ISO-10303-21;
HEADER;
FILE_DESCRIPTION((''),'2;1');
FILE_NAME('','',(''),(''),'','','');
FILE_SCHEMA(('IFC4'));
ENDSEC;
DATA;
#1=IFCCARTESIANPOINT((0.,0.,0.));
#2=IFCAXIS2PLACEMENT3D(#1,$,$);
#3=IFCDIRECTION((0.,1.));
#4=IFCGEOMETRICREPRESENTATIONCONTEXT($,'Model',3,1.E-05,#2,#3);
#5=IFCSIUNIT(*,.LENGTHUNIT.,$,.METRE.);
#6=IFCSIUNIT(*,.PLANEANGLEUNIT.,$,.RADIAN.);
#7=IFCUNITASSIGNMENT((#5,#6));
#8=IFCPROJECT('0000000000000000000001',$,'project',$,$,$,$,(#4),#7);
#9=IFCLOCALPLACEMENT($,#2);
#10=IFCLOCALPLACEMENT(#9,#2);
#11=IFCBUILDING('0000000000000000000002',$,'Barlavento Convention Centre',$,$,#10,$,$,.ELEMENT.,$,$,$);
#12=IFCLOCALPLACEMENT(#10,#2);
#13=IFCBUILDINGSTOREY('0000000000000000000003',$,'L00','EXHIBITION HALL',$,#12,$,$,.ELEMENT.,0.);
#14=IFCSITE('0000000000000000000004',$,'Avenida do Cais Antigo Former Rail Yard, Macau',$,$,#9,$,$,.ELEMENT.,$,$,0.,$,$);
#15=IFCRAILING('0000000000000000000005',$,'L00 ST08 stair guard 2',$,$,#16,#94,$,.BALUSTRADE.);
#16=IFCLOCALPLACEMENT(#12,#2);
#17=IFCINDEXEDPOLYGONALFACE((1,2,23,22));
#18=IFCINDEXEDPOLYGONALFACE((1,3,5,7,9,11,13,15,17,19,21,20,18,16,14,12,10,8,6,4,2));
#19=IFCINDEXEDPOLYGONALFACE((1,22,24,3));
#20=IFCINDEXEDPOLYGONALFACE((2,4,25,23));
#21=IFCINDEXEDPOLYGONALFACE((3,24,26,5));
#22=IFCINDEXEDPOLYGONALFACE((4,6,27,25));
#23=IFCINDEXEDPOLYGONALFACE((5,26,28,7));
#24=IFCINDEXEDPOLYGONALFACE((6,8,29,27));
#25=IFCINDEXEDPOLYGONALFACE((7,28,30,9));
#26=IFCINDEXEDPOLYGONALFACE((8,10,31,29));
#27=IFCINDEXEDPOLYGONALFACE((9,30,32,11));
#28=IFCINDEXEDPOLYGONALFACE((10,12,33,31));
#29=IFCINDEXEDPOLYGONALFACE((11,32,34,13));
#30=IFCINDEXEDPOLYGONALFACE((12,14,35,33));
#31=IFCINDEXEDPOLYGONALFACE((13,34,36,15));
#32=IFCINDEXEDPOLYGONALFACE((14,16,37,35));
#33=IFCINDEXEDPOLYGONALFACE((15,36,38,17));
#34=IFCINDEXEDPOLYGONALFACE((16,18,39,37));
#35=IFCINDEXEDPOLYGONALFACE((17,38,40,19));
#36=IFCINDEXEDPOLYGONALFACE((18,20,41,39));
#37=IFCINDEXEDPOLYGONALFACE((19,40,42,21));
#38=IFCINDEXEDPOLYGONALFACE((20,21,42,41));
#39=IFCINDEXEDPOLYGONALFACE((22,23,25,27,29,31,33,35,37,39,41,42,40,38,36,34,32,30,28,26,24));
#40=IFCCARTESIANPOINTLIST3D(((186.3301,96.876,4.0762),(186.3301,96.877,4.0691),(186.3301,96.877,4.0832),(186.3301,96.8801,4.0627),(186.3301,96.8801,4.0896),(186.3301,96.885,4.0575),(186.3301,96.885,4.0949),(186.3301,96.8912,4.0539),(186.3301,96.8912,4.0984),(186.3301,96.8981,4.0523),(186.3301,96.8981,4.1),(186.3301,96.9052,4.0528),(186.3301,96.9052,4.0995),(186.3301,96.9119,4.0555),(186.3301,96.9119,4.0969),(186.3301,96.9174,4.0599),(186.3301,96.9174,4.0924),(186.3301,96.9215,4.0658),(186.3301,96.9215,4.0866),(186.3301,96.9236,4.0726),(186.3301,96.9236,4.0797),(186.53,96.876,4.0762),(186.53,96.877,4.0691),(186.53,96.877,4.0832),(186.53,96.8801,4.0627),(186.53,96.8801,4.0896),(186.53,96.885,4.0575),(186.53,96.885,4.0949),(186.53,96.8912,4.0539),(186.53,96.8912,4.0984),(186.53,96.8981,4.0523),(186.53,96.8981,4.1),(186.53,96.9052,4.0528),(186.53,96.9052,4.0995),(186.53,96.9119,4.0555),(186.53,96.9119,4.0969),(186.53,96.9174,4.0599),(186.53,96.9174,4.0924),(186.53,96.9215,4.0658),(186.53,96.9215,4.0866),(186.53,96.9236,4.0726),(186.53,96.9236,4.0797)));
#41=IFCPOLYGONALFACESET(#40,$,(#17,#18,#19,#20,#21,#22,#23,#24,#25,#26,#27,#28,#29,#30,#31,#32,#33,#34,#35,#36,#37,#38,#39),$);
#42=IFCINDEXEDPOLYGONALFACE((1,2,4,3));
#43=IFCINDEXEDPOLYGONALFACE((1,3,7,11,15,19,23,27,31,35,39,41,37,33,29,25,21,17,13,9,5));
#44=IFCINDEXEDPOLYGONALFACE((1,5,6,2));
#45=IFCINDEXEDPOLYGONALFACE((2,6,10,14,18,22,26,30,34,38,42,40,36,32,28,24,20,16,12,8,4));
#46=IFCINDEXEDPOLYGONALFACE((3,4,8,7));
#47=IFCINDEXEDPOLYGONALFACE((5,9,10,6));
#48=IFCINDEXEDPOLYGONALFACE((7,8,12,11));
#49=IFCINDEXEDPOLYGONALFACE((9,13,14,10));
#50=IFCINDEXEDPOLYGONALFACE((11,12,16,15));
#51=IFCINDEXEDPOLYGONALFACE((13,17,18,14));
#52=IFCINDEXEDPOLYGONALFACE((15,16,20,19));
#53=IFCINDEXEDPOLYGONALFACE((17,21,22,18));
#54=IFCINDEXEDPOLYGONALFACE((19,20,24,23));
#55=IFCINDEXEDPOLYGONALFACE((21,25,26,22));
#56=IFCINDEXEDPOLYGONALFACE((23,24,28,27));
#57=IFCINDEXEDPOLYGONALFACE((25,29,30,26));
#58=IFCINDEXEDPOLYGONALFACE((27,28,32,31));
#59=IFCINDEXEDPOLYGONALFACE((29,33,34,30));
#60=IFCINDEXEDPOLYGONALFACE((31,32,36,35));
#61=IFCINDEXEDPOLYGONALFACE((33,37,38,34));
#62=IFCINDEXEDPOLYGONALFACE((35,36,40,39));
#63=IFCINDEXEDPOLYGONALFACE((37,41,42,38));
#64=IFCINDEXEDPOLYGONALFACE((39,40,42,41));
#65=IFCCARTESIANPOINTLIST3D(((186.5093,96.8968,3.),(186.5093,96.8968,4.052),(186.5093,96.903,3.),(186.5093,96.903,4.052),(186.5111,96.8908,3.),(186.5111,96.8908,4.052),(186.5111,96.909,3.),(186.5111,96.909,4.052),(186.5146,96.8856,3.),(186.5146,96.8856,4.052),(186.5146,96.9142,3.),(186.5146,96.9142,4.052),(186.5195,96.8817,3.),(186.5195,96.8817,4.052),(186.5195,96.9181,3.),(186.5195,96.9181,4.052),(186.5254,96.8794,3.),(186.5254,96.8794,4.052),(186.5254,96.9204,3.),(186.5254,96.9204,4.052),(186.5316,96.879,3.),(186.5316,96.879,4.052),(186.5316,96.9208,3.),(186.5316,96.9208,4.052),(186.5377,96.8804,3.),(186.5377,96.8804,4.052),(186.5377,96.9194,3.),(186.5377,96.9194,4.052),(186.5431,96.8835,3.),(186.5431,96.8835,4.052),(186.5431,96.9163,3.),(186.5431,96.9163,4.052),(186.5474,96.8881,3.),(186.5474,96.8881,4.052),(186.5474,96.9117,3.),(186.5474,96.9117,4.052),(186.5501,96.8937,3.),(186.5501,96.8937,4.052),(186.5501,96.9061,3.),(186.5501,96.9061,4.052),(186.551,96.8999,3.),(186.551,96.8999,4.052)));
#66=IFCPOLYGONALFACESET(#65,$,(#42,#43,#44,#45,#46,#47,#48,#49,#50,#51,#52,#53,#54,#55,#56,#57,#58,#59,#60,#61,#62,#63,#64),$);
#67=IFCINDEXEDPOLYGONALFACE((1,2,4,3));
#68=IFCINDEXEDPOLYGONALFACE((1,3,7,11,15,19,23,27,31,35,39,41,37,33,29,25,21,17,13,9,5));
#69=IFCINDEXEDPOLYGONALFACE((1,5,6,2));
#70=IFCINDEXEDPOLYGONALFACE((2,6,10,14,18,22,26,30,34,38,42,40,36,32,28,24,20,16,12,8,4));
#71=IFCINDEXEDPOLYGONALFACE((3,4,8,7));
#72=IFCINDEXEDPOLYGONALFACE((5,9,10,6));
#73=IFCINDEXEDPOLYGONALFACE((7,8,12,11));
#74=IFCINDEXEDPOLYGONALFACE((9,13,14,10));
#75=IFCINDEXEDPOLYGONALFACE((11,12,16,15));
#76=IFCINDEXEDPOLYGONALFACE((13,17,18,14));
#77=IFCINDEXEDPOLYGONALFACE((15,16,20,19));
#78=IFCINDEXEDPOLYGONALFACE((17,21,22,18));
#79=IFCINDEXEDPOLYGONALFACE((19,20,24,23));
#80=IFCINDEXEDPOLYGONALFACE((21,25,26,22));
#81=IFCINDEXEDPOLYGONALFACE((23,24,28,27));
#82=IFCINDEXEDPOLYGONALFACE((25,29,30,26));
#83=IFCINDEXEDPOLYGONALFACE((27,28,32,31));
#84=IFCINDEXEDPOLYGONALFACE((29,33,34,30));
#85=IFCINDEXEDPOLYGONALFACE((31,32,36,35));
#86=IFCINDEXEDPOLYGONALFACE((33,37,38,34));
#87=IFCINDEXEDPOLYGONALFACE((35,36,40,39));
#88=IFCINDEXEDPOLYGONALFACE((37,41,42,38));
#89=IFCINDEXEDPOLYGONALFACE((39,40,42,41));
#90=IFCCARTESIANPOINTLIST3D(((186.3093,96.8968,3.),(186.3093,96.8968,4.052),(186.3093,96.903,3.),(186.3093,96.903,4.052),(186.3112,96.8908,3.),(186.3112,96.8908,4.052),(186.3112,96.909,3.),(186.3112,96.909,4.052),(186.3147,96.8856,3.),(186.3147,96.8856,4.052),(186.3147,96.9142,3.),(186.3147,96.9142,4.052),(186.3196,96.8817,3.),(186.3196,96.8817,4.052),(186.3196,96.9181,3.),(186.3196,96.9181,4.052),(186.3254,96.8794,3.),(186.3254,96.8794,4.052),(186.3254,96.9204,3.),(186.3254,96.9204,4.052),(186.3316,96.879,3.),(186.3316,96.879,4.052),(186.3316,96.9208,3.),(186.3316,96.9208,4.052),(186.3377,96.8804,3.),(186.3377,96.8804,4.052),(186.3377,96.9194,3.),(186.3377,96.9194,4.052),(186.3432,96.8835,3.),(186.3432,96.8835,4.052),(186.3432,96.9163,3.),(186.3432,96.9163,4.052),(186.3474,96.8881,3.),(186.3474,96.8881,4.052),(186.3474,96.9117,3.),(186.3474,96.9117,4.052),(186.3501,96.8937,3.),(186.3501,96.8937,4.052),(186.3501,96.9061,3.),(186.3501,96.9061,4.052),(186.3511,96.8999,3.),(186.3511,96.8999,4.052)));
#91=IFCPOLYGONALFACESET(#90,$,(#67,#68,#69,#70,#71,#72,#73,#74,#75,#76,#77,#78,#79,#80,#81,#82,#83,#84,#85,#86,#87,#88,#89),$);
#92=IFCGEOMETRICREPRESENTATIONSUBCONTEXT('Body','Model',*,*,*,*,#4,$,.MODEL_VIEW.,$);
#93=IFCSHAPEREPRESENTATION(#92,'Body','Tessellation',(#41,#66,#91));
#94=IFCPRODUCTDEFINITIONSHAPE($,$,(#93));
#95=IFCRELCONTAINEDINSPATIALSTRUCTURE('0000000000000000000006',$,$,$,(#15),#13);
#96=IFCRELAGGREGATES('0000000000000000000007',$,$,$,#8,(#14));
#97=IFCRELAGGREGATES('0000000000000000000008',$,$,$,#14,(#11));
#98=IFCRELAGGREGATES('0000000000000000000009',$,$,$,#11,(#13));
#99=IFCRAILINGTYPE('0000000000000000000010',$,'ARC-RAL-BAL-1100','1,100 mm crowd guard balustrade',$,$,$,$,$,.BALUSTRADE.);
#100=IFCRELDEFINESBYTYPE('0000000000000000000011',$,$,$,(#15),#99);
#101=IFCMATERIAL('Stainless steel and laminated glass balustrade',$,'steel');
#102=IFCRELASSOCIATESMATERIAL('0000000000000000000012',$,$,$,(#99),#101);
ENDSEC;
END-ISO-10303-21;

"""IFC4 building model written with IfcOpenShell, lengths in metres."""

from ifc_helpers import new_model, si_unit, direction, frame, origin, origin_2d, place, context, subcontext, project, spatial, circle, extrude, material, type_object, element, save


model = new_model("IFC4")

# Units and contexts
model_context = context("Model", 3, precision=1e-05, world=origin(), true_north=direction((0.0, 1.0)))
body_context = subcontext(model_context, "Body", "Model", "MODEL_VIEW")
ifc_project = project(units=[si_unit("LENGTHUNIT", "METRE"), si_unit("PLANEANGLEUNIT", "RADIAN")], contexts=[model_context])

# Site, building, storey
site_placement = place(None, origin())
site = spatial("IfcSite", under=ifc_project, at=site_placement, Name="Avenida do Cais Antigo Former Rail Yard, Macau", CompositionType="ELEMENT", RefElevation=0.0)
building_placement = place(site_placement, origin())
building = spatial("IfcBuilding", under=site, at=building_placement, Name="Barlavento Convention Centre", CompositionType="ELEMENT")
storey_placement = place(building_placement, origin())
storey = spatial("IfcBuildingStorey", under=building, at=storey_placement, Name="L00", Description="EXHIBITION HALL", CompositionType="ELEMENT", Elevation=0.0)

# Railing
ifc_material_1 = material(Name="Stainless steel and laminated glass balustrade", Category="steel")
railing_type_1 = type_object("IfcRailingType", Name="ARC-RAL-BAL-1100", Description="1,100 mm crowd guard balustrade", PredefinedType="BALUSTRADE", material=ifc_material_1)
railing_1_placement = place(storey_placement, frame((186.53, 96.8999, 3.0)))
element("IfcRailing", 1, at=railing_1_placement, inside=storey, type_object=railing_type_1, Name="L00 ST08 stair guard 2", PredefinedType="BALUSTRADE", context=body_context, shape_type="SweptSolid", body=[
    extrude(circle(Radius=0.0239, at=origin_2d()), frame((0.0, 0.0, 1.0762), z_axis=(-1.0, 0.0, 0.0), x_axis=(0.0, -1.0, 0.0)), (0.0, 0.0, 1.0), 0.2),
    extrude(circle(Radius=0.021, at=origin_2d()), origin(), (0.0, 0.0, 1.0), 1.052),
    extrude(circle(Radius=0.021, at=origin_2d()), frame((-0.2, 0.0, 0.0)), (0.0, 0.0, 1.0), 1.052),
])

save(model, "model.ifc")
